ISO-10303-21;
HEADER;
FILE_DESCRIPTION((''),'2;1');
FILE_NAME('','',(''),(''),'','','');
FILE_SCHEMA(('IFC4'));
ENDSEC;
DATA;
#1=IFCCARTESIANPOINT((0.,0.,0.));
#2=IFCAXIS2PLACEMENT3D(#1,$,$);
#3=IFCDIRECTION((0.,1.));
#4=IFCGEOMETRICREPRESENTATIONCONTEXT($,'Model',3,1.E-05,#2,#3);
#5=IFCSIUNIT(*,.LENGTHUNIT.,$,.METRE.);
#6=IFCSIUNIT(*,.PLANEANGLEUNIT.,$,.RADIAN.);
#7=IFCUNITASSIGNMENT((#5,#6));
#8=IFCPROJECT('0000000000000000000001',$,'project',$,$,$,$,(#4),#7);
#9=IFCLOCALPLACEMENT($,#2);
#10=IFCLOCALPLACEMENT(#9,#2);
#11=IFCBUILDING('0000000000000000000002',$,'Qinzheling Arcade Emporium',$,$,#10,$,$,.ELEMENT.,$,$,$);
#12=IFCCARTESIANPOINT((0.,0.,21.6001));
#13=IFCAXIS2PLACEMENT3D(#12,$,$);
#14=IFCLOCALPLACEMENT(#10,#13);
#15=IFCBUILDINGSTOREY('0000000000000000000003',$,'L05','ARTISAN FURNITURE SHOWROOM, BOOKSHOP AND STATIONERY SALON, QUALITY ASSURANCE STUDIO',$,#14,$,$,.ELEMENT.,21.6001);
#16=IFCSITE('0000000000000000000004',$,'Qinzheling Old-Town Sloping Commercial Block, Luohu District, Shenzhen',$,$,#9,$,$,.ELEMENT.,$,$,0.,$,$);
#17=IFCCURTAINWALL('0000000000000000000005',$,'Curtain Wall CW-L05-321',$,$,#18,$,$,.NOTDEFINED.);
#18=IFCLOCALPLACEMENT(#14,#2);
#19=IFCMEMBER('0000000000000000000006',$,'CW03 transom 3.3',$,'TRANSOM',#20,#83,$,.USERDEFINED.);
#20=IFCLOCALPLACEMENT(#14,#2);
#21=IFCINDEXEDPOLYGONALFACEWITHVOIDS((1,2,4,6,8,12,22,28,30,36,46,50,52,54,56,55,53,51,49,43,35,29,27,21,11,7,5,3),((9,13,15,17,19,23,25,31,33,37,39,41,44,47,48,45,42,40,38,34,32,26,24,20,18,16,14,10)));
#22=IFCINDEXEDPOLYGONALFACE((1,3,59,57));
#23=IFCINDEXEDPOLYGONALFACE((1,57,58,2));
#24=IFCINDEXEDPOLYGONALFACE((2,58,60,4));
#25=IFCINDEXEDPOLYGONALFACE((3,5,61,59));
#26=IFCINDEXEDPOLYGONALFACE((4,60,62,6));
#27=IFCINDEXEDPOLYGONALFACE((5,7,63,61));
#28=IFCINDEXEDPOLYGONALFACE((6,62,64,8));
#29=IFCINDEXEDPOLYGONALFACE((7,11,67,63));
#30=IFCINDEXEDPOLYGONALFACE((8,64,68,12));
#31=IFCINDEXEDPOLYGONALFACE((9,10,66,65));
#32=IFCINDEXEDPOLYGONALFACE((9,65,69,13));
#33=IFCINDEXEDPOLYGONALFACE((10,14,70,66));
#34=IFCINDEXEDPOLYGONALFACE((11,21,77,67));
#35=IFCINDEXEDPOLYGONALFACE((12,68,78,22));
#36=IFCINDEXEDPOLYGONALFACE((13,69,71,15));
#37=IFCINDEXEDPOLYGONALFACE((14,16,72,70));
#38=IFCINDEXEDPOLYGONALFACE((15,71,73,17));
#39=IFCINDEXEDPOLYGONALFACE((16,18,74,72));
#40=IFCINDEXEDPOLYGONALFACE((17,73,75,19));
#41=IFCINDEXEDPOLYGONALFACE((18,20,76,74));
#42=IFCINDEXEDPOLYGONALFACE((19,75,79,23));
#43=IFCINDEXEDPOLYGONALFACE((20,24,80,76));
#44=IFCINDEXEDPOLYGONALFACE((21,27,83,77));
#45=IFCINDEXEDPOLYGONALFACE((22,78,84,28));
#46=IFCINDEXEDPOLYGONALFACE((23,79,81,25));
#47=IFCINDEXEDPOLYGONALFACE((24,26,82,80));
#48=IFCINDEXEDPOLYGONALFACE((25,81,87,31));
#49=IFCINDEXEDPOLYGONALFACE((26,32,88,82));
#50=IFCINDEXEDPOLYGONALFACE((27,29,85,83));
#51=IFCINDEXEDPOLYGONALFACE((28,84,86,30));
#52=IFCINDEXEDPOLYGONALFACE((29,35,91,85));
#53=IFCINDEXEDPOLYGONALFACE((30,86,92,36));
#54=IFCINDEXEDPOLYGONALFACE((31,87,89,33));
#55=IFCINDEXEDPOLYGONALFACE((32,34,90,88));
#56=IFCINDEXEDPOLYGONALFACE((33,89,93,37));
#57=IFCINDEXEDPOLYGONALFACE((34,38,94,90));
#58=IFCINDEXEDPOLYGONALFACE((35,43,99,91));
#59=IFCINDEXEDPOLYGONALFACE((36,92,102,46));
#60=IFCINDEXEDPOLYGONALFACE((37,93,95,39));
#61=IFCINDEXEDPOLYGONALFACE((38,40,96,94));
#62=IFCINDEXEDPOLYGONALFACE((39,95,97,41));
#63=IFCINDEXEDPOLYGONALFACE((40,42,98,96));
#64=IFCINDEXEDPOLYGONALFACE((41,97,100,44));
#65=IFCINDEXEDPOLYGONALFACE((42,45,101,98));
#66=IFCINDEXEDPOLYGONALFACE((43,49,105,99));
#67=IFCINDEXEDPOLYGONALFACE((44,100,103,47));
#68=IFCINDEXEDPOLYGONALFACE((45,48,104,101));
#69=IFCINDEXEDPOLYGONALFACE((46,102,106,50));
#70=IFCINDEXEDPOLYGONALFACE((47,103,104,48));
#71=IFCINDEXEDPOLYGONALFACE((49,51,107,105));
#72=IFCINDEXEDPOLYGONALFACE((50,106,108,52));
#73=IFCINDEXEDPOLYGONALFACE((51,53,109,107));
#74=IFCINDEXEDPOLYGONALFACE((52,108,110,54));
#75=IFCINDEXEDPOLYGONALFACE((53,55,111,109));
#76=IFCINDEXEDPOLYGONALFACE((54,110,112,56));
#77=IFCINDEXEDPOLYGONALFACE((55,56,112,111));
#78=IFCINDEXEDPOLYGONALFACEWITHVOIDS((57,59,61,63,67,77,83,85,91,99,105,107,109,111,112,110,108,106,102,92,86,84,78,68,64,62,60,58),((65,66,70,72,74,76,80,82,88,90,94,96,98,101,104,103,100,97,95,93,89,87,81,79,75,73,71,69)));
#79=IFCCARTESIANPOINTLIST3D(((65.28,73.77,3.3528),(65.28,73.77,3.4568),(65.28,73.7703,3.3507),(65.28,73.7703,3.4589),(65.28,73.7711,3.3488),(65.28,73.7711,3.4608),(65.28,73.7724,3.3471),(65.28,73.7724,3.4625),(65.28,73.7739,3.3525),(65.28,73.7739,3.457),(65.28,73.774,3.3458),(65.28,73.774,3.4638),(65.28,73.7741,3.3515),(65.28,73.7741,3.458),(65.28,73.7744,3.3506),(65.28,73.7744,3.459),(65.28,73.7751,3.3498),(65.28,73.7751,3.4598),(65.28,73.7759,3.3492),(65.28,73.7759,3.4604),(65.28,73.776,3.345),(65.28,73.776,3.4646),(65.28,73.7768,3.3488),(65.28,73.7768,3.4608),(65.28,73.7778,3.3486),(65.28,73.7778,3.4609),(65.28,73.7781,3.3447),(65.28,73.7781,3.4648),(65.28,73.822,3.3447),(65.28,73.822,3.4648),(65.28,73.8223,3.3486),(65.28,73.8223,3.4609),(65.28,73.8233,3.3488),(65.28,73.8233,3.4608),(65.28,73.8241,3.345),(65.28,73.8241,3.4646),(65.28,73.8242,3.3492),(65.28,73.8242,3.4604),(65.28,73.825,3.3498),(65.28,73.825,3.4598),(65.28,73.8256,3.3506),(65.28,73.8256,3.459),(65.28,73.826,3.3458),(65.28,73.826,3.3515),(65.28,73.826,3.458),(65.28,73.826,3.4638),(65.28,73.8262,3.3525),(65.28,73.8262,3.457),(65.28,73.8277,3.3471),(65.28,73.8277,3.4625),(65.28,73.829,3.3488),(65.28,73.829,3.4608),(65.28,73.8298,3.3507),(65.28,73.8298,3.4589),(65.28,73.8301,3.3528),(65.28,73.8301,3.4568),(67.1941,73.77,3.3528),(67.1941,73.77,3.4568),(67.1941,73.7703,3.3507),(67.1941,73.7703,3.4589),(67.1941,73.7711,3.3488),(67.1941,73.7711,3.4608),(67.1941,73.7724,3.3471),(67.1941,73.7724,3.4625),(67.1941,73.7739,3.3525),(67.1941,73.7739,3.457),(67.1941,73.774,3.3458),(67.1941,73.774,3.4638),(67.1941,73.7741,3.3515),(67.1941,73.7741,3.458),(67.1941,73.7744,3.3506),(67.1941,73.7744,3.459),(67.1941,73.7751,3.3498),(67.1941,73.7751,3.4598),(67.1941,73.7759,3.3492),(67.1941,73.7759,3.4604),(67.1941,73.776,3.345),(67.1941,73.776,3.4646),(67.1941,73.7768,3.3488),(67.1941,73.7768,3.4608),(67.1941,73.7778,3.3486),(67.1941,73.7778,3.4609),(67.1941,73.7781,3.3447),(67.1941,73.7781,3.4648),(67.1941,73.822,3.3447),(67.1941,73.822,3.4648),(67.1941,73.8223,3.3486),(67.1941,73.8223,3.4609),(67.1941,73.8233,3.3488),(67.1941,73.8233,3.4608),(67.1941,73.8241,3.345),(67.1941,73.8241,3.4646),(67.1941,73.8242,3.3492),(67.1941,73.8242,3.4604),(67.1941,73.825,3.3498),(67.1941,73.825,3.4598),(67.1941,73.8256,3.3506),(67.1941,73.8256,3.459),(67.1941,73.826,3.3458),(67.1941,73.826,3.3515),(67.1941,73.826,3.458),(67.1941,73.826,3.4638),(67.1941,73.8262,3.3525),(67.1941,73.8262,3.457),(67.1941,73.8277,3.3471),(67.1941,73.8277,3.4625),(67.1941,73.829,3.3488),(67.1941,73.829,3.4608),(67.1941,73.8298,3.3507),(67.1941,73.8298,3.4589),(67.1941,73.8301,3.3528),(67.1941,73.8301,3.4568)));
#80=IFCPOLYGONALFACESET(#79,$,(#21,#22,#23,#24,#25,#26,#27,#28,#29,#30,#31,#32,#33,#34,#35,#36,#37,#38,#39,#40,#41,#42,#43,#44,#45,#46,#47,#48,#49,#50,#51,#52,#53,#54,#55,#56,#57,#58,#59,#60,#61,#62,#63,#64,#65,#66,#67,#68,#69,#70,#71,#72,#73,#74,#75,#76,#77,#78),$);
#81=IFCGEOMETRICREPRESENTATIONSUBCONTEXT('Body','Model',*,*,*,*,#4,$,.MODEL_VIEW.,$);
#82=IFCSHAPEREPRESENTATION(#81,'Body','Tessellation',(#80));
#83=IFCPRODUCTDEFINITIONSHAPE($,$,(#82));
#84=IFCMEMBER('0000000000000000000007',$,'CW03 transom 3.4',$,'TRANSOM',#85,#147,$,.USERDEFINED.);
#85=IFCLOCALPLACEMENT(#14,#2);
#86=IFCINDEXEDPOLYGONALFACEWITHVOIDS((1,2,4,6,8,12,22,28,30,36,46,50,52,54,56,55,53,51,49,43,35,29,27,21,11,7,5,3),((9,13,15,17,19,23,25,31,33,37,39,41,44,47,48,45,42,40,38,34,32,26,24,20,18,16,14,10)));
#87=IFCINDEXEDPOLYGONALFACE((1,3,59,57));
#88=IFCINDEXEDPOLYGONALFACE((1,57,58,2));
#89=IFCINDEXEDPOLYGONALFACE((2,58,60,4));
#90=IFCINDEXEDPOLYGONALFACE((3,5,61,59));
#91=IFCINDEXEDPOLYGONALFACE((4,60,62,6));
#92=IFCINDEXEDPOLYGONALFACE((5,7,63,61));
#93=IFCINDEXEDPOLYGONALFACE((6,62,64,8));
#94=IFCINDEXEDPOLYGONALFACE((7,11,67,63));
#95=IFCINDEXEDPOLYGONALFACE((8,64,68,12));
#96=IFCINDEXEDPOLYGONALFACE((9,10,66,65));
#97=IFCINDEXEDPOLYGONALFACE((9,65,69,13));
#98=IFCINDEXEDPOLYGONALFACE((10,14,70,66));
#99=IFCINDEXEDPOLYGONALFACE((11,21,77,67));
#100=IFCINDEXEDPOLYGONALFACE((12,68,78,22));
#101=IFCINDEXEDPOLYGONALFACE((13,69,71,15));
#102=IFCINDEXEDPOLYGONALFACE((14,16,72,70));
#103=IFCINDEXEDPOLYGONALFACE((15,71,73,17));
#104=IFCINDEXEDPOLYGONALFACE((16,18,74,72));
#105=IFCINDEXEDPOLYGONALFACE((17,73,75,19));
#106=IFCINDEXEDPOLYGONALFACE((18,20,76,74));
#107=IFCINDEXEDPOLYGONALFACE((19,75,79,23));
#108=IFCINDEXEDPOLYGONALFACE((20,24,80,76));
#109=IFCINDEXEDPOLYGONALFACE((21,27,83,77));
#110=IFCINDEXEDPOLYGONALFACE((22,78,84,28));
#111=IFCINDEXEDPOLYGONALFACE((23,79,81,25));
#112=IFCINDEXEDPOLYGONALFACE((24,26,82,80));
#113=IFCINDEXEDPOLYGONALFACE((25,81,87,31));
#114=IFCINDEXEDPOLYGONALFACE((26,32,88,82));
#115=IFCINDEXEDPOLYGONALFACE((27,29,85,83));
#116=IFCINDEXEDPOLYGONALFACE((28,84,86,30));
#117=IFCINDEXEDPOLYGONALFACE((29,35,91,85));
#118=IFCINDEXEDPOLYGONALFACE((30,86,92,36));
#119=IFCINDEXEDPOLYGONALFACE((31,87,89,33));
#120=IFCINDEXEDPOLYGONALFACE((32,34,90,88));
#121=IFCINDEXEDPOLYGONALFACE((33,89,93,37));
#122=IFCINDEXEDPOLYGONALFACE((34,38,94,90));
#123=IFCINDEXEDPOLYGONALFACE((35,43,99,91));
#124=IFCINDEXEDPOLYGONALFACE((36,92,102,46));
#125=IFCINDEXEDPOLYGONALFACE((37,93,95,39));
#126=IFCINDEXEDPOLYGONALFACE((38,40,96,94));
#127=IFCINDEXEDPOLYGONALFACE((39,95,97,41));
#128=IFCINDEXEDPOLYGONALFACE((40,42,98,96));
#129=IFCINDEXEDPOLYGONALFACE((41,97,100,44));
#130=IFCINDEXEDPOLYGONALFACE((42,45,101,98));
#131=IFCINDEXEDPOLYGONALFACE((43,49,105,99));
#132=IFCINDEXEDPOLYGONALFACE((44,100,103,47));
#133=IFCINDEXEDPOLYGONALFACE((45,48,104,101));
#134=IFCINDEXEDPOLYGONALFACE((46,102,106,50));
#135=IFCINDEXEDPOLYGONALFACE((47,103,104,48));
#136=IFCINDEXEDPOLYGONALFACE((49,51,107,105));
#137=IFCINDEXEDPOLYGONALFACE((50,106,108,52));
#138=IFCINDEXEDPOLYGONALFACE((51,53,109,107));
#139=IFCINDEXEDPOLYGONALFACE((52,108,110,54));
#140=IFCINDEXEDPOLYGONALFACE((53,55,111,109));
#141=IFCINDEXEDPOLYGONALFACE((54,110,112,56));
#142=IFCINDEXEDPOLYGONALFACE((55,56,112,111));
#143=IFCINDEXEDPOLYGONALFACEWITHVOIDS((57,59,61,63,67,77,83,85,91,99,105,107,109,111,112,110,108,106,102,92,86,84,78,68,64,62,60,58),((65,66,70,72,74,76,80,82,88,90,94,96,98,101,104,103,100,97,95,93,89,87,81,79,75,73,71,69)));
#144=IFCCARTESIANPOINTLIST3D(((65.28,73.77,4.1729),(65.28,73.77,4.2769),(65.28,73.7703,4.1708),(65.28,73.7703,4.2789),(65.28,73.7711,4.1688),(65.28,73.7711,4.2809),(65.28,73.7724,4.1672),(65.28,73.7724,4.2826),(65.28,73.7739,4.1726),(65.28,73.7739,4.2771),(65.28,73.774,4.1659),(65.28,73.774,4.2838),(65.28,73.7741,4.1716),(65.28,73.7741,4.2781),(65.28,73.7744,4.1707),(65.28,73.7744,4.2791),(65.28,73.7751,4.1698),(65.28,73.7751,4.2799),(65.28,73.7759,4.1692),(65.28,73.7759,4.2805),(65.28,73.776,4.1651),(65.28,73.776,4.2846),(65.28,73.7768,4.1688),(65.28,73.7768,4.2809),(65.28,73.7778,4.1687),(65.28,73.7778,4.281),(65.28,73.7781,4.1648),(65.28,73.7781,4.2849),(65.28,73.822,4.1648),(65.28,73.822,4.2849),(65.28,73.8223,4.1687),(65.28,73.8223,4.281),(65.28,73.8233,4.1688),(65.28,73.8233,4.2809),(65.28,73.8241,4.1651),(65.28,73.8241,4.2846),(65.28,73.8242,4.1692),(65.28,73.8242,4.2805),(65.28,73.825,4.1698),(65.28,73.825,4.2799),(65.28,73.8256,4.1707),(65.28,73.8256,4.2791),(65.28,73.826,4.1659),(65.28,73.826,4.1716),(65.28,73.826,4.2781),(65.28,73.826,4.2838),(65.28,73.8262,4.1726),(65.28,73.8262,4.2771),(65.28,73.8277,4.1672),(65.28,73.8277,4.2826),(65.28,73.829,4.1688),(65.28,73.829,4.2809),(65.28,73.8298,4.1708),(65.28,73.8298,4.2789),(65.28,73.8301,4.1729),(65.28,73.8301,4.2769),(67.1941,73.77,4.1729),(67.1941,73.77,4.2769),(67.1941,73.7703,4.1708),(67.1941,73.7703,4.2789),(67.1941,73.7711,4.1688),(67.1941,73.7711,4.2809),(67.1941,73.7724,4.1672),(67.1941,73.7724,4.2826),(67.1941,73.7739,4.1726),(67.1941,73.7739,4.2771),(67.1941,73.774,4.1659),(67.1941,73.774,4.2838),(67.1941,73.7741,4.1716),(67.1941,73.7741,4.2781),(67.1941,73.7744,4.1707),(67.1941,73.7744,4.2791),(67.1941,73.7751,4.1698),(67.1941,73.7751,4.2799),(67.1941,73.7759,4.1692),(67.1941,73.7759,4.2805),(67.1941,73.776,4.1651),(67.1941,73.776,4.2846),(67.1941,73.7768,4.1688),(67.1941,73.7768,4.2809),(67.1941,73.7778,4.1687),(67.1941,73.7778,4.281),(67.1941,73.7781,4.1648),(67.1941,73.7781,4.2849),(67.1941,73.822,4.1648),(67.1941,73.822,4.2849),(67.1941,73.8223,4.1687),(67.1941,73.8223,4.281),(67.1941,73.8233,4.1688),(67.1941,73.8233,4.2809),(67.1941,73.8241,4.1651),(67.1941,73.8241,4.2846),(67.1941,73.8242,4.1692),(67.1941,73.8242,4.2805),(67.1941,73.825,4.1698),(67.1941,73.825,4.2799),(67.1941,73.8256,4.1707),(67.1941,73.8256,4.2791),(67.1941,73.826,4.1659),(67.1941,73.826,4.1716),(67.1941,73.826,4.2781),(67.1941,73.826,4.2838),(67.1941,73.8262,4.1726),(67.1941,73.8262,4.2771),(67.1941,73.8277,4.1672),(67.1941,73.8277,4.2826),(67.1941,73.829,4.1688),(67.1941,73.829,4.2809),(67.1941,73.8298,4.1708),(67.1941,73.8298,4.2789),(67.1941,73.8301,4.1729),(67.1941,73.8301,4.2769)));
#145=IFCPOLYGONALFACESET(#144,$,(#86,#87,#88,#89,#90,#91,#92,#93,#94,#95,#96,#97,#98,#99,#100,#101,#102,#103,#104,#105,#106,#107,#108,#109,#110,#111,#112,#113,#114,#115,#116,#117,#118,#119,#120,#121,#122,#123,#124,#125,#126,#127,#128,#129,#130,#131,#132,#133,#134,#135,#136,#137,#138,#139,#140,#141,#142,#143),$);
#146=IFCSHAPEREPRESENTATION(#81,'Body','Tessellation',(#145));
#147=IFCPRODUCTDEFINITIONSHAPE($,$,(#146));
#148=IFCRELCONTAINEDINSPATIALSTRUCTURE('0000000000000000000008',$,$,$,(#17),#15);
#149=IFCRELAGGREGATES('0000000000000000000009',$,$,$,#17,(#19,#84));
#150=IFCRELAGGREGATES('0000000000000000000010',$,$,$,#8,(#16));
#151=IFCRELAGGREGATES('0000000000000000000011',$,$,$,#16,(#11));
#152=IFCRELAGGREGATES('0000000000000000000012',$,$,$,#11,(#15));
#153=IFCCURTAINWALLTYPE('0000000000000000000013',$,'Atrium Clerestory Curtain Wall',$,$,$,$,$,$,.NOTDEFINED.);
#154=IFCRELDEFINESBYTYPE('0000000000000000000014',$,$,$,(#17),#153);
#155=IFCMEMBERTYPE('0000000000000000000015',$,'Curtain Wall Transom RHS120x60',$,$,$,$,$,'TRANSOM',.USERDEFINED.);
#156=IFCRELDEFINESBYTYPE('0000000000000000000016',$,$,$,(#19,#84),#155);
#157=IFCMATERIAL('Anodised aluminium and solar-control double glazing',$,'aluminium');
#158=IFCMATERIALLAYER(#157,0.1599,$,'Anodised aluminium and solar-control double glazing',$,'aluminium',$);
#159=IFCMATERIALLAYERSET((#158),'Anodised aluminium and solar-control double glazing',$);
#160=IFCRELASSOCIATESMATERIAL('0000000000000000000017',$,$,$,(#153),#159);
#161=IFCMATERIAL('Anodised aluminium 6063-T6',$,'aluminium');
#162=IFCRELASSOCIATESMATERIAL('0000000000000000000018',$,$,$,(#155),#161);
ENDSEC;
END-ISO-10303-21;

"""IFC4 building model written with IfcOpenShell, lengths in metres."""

from ifc_helpers import new_model, si_unit, direction, frame, origin, origin_2d, place, context, subcontext, project, spatial, hollow_rectangle, extrude, material, layer, layer_set, material_profile, profile_set, type_object, element, aggregate, save


model = new_model("IFC4")

# Units and contexts
model_context = context("Model", 3, precision=1e-05, world=origin(), true_north=direction((0.0, 1.0)))
body_context = subcontext(model_context, "Body", "Model", "MODEL_VIEW")
ifc_project = project(units=[si_unit("LENGTHUNIT", "METRE"), si_unit("PLANEANGLEUNIT", "RADIAN")], contexts=[model_context])

# Site, building, storey
site_placement = place(None, origin())
site = spatial("IfcSite", under=ifc_project, at=site_placement, Name="Qinzheling Old-Town Sloping Commercial Block, Luohu District, Shenzhen", CompositionType="ELEMENT", RefElevation=0.0)
building_placement = place(site_placement, origin())
building = spatial("IfcBuilding", under=site, at=building_placement, Name="Qinzheling Arcade Emporium", CompositionType="ELEMENT")
storey_placement = place(building_placement, frame((0.0, 0.0, 21.6001)))
storey = spatial("IfcBuildingStorey", under=building, at=storey_placement, Name="L05", Description="ARTISAN FURNITURE SHOWROOM, BOOKSHOP AND STATIONERY SALON, QUALITY ASSURANCE STUDIO", CompositionType="ELEMENT", Elevation=21.6001)

# Shared definitions
ifc_material_1 = material(Name="Anodised aluminium and solar-control double glazing", Category="aluminium")
ifc_layer_1 = layer(ifc_material_1, 0.1599, Name="Anodised aluminium and solar-control double glazing", Category="aluminium")
ifc_layer_set_1 = layer_set([ifc_layer_1], Name="Anodised aluminium and solar-control double glazing")
curtain_wall_type = type_object("IfcCurtainWallType", Name="Atrium Clerestory Curtain Wall", PredefinedType="NOTDEFINED", material=ifc_layer_set_1)
ifc_material_2 = material(Name="Anodised aluminium 6063-T6", Category="aluminium")

# Curtain wall
curtain_wall_1_placement = place(storey_placement, origin())
curtain_wall_1 = element("IfcCurtainWall", 1, at=curtain_wall_1_placement, inside=storey, type_object=curtain_wall_type, Name="Curtain Wall CW-L05-321", PredefinedType="NOTDEFINED")

# Members
ifc_material_profile_1 = material_profile(ifc_material_2, hollow_rectangle(XDim=0.0601, YDim=0.1201, WallThickness=0.0039, InnerFilletRadius=0.0039, OuterFilletRadius=0.0081, at=origin_2d()), Name="RHS 120x60x4", Category="aluminium")
ifc_profile_set_1 = profile_set([ifc_material_profile_1], Name="Anodised aluminium 6063-T6")
member_type_1 = type_object("IfcMemberType", Name="Curtain Wall Transom RHS120x60", ElementType="TRANSOM", PredefinedType="USERDEFINED", material=ifc_profile_set_1)
member_1_placement = place(storey_placement, frame((65.28, 73.8, 3.4048), z_axis=(1.0, 0.0, 0.0), x_axis=(0.0, 1.0, 0.0)))
member_1 = element("IfcMember", 2, at=member_1_placement, type_object=member_type_1, Name="CW03 transom 3.3", ObjectType="TRANSOM", PredefinedType="USERDEFINED", context=body_context, shape_type="SweptSolid", body=[
    extrude(hollow_rectangle(XDim=0.0601, YDim=0.1201, WallThickness=0.0039, InnerFilletRadius=0.0039, OuterFilletRadius=0.0081, at=origin_2d()), origin(), (0.0, 0.0, 1.0), 1.9141),
])
member_2_placement = place(storey_placement, frame((65.28, 73.8, 4.2249), z_axis=(1.0, 0.0, 0.0), x_axis=(0.0, 1.0, 0.0)))
member_2 = element("IfcMember", 3, at=member_2_placement, type_object=member_type_1, Name="CW03 transom 3.4", ObjectType="TRANSOM", PredefinedType="USERDEFINED", context=body_context, shape_type="SweptSolid", body=[
    extrude(hollow_rectangle(XDim=0.0601, YDim=0.1201, WallThickness=0.0039, InnerFilletRadius=0.0039, OuterFilletRadius=0.0081, at=origin_2d()), origin(), (0.0, 0.0, 1.0), 1.9141),
])

aggregate(curtain_wall_1, [member_1, member_2])

save(model, "model.ifc")
